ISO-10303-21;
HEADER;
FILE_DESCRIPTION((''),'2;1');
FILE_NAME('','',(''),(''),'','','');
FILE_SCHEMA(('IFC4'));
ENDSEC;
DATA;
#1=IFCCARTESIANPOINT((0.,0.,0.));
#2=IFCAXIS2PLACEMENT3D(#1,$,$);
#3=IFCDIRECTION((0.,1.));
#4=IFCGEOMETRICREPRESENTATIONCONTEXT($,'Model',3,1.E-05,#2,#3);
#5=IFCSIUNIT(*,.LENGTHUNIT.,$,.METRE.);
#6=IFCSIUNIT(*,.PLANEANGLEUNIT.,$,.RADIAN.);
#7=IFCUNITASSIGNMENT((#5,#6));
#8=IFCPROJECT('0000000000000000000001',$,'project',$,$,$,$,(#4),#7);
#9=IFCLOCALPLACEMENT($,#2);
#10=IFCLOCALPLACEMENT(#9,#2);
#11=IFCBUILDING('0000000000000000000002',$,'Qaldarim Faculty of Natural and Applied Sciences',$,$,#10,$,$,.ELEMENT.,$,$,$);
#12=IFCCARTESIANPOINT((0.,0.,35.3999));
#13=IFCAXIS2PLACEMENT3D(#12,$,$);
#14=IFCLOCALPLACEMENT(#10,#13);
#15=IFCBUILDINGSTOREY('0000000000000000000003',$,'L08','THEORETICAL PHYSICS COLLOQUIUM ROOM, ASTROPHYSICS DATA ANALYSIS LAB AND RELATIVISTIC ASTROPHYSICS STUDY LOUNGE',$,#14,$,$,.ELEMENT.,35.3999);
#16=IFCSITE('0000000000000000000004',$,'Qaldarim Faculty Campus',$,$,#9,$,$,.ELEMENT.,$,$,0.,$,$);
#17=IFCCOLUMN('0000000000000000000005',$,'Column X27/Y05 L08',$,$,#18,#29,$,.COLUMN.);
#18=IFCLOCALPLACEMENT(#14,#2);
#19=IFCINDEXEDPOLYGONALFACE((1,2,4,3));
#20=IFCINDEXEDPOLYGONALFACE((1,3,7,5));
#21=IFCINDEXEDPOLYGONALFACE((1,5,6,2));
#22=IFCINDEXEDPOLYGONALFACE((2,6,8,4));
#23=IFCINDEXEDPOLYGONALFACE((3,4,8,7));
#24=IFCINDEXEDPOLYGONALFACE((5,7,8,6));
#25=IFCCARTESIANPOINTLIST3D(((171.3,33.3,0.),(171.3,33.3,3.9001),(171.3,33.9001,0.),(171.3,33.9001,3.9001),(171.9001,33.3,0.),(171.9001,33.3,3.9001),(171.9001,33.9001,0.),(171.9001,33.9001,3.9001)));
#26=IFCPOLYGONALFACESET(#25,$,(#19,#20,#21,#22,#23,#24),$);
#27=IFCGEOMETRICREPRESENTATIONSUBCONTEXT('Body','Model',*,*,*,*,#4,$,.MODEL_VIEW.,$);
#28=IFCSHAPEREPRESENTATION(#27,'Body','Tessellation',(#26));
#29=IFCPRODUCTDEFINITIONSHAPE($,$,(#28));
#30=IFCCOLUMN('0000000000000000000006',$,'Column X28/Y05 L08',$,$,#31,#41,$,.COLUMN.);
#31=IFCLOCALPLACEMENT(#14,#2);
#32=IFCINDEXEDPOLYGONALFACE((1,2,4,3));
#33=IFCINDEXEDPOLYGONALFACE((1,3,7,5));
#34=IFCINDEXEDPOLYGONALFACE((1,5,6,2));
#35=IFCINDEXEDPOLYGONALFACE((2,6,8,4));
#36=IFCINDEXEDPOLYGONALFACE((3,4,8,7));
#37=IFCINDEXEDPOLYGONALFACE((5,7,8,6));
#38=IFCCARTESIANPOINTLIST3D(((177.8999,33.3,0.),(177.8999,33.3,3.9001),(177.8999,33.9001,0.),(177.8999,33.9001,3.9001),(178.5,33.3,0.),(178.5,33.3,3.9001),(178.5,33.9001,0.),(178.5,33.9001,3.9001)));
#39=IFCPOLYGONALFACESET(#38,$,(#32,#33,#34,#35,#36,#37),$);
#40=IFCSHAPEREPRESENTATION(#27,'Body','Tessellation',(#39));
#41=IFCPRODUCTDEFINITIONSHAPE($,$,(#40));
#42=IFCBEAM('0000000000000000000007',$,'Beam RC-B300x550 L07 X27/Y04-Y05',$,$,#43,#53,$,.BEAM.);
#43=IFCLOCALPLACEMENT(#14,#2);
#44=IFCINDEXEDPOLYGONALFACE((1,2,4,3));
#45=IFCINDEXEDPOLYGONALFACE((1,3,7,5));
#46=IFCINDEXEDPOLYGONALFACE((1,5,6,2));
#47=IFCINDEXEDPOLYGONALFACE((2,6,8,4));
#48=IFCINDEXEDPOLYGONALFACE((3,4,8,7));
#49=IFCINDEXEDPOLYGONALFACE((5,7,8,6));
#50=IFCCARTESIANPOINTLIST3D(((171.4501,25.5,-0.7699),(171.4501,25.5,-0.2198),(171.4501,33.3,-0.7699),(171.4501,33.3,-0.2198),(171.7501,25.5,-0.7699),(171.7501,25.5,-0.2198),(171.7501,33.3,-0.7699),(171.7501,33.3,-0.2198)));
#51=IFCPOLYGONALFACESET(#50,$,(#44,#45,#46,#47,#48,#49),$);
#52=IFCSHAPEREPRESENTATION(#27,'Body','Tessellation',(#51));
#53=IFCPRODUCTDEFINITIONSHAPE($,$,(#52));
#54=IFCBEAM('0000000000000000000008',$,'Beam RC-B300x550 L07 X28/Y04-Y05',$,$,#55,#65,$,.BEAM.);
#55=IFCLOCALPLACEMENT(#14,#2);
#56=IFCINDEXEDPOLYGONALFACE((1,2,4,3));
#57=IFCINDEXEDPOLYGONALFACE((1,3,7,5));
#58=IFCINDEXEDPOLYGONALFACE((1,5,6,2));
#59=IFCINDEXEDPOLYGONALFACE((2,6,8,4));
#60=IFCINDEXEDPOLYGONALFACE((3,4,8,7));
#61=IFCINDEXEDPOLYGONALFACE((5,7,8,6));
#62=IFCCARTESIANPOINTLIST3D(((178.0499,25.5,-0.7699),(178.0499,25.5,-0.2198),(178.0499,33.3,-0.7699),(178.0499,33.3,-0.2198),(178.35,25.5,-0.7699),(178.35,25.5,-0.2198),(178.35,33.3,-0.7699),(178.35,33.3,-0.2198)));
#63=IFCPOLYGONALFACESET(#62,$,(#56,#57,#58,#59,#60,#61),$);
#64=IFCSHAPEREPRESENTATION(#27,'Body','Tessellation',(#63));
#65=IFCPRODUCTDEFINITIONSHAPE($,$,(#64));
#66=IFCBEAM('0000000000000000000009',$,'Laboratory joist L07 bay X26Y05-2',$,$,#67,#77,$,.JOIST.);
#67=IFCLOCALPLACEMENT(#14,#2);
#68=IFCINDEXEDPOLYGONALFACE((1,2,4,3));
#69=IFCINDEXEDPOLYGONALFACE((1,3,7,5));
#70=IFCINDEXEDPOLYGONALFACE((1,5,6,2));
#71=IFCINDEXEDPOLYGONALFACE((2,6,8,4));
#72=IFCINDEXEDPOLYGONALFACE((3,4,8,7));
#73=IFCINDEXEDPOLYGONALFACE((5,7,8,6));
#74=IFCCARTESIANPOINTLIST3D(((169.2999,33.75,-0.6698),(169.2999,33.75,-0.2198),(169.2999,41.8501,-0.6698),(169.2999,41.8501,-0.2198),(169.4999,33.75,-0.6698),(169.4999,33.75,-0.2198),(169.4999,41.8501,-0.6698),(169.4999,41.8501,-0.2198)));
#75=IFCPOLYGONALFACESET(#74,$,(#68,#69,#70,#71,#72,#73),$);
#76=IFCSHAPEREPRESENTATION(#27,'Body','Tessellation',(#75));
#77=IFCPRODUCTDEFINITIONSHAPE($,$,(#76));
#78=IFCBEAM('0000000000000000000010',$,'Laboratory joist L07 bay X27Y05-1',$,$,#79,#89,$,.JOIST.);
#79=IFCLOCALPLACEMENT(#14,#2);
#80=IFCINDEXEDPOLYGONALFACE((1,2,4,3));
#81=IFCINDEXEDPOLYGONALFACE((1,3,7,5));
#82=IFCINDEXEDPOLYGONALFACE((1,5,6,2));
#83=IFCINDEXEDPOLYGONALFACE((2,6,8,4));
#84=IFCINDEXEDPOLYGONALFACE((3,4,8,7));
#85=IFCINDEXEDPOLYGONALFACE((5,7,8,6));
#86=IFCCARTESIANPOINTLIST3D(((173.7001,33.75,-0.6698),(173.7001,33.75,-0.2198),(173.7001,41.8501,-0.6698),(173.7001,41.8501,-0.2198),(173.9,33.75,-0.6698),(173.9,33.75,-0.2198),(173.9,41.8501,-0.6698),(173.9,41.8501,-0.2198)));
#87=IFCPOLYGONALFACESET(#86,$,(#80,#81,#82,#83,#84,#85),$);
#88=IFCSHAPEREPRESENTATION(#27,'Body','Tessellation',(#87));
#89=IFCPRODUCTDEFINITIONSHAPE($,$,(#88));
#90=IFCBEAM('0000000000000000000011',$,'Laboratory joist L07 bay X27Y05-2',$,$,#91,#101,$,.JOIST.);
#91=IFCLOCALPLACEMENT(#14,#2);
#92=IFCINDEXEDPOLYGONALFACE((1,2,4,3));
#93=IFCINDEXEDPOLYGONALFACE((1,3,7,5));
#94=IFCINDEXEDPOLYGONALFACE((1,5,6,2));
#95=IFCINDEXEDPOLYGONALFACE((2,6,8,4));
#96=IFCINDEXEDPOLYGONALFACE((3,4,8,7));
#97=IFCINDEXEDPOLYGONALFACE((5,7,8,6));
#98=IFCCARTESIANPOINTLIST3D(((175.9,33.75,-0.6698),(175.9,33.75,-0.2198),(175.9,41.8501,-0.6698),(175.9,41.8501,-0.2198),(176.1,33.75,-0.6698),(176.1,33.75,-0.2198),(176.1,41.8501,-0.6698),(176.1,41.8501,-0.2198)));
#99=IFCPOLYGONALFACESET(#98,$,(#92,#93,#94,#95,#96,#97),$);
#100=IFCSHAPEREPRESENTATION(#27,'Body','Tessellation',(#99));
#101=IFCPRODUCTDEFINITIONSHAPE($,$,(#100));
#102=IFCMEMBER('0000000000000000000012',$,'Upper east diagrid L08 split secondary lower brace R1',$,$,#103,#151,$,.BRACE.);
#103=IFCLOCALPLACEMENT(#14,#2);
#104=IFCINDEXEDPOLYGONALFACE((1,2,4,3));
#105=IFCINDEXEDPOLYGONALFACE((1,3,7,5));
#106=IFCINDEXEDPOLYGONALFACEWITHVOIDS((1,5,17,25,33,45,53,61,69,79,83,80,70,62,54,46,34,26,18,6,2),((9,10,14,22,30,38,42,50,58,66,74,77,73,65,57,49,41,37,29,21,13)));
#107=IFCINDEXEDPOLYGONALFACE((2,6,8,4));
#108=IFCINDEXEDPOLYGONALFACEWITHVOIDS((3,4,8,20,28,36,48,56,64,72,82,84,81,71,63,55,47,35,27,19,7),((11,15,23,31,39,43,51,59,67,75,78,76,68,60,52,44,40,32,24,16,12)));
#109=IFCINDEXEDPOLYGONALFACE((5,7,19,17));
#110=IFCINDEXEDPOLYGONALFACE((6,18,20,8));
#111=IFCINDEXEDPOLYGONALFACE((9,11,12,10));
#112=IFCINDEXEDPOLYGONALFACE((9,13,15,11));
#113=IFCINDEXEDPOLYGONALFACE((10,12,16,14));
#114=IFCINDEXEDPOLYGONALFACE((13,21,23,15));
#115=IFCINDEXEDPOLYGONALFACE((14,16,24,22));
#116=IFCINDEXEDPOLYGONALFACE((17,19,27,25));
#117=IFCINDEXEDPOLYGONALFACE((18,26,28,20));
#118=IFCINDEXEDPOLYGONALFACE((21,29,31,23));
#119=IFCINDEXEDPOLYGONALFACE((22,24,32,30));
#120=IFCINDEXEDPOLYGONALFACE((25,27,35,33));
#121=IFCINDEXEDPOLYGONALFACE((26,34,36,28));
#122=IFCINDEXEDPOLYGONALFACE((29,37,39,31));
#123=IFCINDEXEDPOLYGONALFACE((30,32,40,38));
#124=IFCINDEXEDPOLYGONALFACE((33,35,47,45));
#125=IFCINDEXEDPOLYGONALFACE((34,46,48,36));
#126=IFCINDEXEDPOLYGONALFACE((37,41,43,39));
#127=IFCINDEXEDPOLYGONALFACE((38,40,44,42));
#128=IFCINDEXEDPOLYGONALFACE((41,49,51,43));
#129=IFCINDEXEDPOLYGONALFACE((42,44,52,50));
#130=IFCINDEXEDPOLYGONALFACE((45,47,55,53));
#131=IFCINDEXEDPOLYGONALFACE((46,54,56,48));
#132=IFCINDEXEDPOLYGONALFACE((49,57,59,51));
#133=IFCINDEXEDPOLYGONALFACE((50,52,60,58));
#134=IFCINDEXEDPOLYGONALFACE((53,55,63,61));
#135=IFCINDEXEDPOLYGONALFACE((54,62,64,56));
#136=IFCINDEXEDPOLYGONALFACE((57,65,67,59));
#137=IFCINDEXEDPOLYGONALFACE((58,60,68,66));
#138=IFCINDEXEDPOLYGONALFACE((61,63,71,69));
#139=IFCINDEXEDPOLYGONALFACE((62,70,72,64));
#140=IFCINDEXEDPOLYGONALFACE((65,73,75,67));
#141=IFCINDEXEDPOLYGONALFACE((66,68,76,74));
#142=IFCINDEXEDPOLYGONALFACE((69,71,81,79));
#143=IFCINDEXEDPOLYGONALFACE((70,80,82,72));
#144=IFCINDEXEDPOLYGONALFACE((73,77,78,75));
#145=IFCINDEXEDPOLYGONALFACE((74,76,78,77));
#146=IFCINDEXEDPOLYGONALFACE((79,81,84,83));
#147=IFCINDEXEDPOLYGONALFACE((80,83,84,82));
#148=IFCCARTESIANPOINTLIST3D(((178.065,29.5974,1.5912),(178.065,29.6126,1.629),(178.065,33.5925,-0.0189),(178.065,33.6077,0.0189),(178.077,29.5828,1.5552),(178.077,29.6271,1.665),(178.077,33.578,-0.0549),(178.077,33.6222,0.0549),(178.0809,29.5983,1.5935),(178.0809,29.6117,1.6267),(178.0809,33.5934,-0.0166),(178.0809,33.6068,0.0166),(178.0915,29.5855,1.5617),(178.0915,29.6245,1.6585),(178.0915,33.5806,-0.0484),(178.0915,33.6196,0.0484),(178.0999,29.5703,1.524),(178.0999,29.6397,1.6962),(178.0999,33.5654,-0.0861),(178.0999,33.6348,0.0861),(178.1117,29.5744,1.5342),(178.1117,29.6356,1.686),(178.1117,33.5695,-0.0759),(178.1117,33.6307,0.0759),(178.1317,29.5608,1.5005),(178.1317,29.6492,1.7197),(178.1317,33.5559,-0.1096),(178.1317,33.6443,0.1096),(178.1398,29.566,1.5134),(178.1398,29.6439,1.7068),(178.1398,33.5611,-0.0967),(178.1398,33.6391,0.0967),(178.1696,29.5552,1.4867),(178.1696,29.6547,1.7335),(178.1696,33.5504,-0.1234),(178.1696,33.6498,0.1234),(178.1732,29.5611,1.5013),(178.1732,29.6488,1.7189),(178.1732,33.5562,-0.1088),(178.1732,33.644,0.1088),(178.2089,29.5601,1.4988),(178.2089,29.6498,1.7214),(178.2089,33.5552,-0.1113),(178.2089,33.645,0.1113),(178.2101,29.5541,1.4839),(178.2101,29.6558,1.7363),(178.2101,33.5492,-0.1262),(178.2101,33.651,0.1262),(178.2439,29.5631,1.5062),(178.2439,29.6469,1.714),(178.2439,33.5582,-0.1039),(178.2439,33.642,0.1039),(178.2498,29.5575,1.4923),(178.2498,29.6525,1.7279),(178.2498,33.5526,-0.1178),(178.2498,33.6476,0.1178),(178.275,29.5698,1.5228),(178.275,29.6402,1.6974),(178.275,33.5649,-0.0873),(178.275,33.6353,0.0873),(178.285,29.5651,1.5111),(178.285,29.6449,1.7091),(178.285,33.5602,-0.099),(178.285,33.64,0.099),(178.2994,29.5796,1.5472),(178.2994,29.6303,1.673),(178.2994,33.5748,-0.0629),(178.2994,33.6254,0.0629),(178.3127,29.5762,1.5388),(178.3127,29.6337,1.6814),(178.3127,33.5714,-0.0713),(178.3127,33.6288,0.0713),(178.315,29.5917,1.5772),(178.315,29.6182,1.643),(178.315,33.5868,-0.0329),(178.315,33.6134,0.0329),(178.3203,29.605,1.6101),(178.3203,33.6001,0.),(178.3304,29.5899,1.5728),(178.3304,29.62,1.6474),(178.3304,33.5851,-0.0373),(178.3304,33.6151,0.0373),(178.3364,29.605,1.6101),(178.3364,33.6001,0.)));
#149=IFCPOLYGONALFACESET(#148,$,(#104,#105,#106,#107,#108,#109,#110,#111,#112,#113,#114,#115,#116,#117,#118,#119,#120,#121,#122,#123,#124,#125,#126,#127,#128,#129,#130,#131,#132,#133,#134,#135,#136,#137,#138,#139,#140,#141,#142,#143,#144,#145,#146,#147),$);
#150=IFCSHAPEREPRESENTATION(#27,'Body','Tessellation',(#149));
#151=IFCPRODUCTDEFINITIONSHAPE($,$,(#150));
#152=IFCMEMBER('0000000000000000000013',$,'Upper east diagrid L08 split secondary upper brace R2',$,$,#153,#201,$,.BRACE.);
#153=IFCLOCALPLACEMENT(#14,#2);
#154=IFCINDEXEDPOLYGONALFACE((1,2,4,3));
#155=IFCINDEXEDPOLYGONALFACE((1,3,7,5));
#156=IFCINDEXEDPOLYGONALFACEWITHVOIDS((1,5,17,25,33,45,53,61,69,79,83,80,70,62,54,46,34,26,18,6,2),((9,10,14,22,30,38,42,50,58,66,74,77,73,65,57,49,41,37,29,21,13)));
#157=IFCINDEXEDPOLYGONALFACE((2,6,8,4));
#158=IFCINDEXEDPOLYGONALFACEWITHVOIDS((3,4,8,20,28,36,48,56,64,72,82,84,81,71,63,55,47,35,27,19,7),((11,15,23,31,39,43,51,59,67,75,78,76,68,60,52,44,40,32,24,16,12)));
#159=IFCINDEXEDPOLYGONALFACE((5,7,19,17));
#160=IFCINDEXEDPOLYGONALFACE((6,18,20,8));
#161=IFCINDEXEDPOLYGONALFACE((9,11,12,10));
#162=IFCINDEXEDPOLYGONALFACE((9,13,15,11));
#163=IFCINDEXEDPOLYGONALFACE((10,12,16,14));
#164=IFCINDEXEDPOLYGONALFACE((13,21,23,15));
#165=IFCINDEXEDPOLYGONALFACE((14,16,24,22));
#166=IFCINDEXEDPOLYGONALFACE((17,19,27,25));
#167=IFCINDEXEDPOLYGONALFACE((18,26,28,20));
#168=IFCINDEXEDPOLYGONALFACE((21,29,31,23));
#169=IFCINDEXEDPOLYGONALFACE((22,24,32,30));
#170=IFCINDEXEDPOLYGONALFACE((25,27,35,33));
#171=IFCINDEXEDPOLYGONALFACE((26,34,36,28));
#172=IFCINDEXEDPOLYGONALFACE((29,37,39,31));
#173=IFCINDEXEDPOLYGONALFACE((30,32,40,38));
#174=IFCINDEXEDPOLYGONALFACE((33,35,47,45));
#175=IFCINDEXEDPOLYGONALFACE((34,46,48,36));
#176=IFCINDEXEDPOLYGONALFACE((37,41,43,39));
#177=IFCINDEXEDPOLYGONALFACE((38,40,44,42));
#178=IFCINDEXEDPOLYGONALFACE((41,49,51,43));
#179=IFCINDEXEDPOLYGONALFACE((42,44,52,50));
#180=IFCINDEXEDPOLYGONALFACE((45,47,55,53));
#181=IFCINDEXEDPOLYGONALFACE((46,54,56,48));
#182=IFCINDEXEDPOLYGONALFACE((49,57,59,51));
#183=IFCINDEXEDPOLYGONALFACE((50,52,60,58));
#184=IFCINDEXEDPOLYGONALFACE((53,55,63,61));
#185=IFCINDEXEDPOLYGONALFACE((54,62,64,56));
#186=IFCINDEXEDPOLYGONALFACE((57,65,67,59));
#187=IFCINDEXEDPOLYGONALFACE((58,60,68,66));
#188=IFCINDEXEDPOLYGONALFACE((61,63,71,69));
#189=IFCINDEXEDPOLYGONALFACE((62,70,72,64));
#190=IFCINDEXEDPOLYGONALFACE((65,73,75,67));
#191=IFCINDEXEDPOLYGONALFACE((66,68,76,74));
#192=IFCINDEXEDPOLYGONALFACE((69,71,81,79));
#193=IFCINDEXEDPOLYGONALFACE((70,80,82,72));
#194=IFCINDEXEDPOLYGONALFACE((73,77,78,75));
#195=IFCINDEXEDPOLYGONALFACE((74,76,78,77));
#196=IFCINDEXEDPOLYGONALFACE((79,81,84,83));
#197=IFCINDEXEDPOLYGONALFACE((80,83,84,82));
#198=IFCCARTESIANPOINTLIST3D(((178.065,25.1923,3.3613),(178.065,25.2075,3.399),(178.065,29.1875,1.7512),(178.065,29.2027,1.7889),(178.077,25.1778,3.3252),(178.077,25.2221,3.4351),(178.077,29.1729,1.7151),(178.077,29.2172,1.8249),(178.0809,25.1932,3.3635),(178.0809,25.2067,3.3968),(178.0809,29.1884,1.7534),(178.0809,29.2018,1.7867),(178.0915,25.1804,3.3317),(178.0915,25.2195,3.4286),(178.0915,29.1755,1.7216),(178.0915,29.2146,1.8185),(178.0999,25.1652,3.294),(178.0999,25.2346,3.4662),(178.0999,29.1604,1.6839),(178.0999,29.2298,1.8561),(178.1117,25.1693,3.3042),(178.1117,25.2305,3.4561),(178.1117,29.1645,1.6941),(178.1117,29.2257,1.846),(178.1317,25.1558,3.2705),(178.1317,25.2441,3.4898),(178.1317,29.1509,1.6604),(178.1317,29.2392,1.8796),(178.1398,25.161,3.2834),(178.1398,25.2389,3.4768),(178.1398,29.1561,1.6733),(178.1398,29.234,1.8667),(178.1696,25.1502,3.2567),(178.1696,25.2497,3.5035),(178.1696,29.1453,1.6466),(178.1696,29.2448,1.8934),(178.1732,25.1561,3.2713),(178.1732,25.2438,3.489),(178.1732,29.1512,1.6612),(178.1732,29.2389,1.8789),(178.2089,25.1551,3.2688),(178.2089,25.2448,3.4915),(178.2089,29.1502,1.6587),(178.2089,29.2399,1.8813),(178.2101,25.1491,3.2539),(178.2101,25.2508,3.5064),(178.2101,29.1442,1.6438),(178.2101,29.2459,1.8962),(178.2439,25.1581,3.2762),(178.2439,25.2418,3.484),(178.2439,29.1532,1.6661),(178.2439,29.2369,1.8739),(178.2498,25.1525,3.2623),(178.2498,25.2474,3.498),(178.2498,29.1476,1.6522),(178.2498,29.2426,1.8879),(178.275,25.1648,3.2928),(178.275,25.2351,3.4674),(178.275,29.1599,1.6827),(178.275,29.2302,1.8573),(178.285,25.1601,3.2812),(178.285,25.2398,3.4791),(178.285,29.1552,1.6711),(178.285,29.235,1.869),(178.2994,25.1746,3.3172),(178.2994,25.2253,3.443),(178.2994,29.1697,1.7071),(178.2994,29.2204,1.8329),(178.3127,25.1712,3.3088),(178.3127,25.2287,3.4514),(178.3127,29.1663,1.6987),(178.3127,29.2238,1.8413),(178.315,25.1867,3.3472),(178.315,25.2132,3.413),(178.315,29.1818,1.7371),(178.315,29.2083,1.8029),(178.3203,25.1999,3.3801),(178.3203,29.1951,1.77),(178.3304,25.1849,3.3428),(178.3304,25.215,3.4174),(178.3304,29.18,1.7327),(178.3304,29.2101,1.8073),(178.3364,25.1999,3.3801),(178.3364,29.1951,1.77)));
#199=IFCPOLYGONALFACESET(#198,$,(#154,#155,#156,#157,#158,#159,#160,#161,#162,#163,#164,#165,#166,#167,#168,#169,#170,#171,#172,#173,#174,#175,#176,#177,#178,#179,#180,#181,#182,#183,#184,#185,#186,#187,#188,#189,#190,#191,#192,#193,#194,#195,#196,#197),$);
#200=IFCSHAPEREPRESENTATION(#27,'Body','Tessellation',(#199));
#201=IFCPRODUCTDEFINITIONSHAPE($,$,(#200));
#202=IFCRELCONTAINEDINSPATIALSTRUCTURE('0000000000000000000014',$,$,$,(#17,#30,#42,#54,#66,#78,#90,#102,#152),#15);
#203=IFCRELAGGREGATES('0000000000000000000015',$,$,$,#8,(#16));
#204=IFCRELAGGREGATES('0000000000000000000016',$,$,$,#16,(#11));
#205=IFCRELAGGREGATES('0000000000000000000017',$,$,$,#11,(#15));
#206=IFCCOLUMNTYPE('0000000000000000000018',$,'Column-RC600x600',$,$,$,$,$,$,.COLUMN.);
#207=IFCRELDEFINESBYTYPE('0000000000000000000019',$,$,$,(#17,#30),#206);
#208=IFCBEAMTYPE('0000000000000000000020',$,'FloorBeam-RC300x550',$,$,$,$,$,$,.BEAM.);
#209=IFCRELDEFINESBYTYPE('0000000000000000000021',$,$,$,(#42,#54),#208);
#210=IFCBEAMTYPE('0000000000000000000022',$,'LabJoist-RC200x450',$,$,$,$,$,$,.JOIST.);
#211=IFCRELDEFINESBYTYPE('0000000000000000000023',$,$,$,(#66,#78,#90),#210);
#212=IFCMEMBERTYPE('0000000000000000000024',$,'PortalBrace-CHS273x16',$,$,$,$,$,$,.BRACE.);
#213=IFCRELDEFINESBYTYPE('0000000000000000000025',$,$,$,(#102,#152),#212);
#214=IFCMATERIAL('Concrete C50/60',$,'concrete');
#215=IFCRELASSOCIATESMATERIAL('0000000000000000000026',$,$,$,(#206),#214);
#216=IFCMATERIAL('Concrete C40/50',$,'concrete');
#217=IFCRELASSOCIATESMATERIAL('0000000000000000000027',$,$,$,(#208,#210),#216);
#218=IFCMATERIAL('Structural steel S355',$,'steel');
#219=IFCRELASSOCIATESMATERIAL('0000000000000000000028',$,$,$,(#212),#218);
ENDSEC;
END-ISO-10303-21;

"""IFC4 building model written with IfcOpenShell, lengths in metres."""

from ifc_helpers import new_model, si_unit, direction, frame, origin, origin_2d, place, context, subcontext, project, spatial, rectangle, hollow_circle, extrude, material, material_profile, profile_set, type_object, element, save


model = new_model("IFC4")

# Units and contexts
model_context = context("Model", 3, precision=1e-05, world=origin(), true_north=direction((0.0, 1.0)))
body_context = subcontext(model_context, "Body", "Model", "MODEL_VIEW")
ifc_project = project(units=[si_unit("LENGTHUNIT", "METRE"), si_unit("PLANEANGLEUNIT", "RADIAN")], contexts=[model_context])

# Site, building, storey
site_placement = place(None, origin())
site = spatial("IfcSite", under=ifc_project, at=site_placement, Name="Qaldarim Faculty Campus", CompositionType="ELEMENT", RefElevation=0.0)
building_placement = place(site_placement, origin())
building = spatial("IfcBuilding", under=site, at=building_placement, Name="Qaldarim Faculty of Natural and Applied Sciences", CompositionType="ELEMENT")
storey_placement = place(building_placement, frame((0.0, 0.0, 35.3999)))
storey = spatial("IfcBuildingStorey", under=building, at=storey_placement, Name="L08", Description="THEORETICAL PHYSICS COLLOQUIUM ROOM, ASTROPHYSICS DATA ANALYSIS LAB AND RELATIVISTIC ASTROPHYSICS STUDY LOUNGE", CompositionType="ELEMENT", Elevation=35.3999)

# Columns
ifc_material_1 = material(Name="Concrete C50/60", Category="concrete")
ifc_material_profile_1 = material_profile(ifc_material_1, rectangle(XDim=0.6001, YDim=0.6001, at=origin_2d()), Name="RC-C600x600")
ifc_profile_set_1 = profile_set([ifc_material_profile_1], Name="Concrete C50/60")
column_type = type_object("IfcColumnType", Name="Column-RC600x600", PredefinedType="COLUMN", material=ifc_profile_set_1)
for number, where, z_axis, x_axis, name in (
    (1, (171.6001, 33.6001, 0.0), (0.0, 0.0, 1.0), (1.0, 0.0, 0.0), "Column X27/Y05 L08"),
    (2, (178.2, 33.6001, 0.0), (0.0, 0.0, 1.0), (1.0, 0.0, 0.0), "Column X28/Y05 L08"),
):
    element("IfcColumn", number, at=place(storey_placement, frame(where, z_axis=z_axis, x_axis=x_axis)), inside=storey, type_object=column_type, Name=name, PredefinedType="COLUMN", context=body_context, shape_type="SweptSolid", body=[
        extrude(rectangle(XDim=0.6001, YDim=0.6001, at=origin_2d()), origin(), (0.0, 0.0, 1.0), 3.9001),
    ])

# Beams
ifc_material_2 = material(Name="Concrete C40/50", Category="concrete")
ifc_material_profile_2 = material_profile(ifc_material_2, rectangle(XDim=0.3, YDim=0.55, at=origin_2d()), Name="RC-B300x550")
ifc_profile_set_2 = profile_set([ifc_material_profile_2], Name="Concrete C40/50")
beam_type_1 = type_object("IfcBeamType", Name="FloorBeam-RC300x550", PredefinedType="BEAM", material=ifc_profile_set_2)
for number, where, z_axis, x_axis, name in (
    (3, (171.6001, 25.5, -0.4949), (0.0, 1.0, 0.0), (-1.0, 0.0, 0.0), "Beam RC-B300x550 L07 X27/Y04-Y05"),
    (4, (178.2, 25.5, -0.4949), (0.0, 1.0, 0.0), (-1.0, 0.0, 0.0), "Beam RC-B300x550 L07 X28/Y04-Y05"),
):
    element("IfcBeam", number, at=place(storey_placement, frame(where, z_axis=z_axis, x_axis=x_axis)), inside=storey, type_object=beam_type_1, Name=name, PredefinedType="BEAM", context=body_context, shape_type="SweptSolid", body=[
        extrude(rectangle(XDim=0.3, YDim=0.55, at=origin_2d()), origin(), (0.0, 0.0, 1.0), 7.8),
    ])
ifc_material_profile_3 = material_profile(ifc_material_2, rectangle(XDim=0.2, YDim=0.45, at=origin_2d()), Name="RC-J200x450")
ifc_profile_set_3 = profile_set([ifc_material_profile_3], Name="Concrete C40/50")
beam_type_2 = type_object("IfcBeamType", Name="LabJoist-RC200x450", PredefinedType="JOIST", material=ifc_profile_set_3)
for number, where, z_axis, x_axis, name in (
    (5, (169.3999, 33.75, -0.4448), (0.0, 1.0, 0.0), (-1.0, 0.0, 0.0), "Laboratory joist L07 bay X26Y05-2"),
    (6, (173.8, 33.75, -0.4448), (0.0, 1.0, 0.0), (-1.0, 0.0, 0.0), "Laboratory joist L07 bay X27Y05-1"),
    (7, (176.0, 33.75, -0.4448), (0.0, 1.0, 0.0), (-1.0, 0.0, 0.0), "Laboratory joist L07 bay X27Y05-2"),
):
    element("IfcBeam", number, at=place(storey_placement, frame(where, z_axis=z_axis, x_axis=x_axis)), inside=storey, type_object=beam_type_2, Name=name, PredefinedType="JOIST", context=body_context, shape_type="SweptSolid", body=[
        extrude(rectangle(XDim=0.2, YDim=0.45, at=origin_2d()), origin(), (0.0, 0.0, 1.0), 8.1001),
    ])

# Members
ifc_material_3 = material(Name="Structural steel S355", Category="steel")
ifc_material_profile_4 = material_profile(ifc_material_3, hollow_circle(Radius=0.1365, WallThickness=0.0161, at=origin_2d()), Name="CHS 273.0x16.0")
ifc_profile_set_4 = profile_set([ifc_material_profile_4], Name="Structural steel S355")
member_type = type_object("IfcMemberType", Name="PortalBrace-CHS273x16", PredefinedType="BRACE", material=ifc_profile_set_4)
for number, where, z_axis, x_axis, name in (
    (8, (178.2, 33.6001, 0.0), (0.0, -0.927508, 0.373803), (1.0, 0.0, 0.0), "Upper east diagrid L08 split secondary lower brace R1"),
    (9, (178.2, 29.1951, 1.77), (0.0, -0.927508, 0.373803), (1.0, 0.0, 0.0), "Upper east diagrid L08 split secondary upper brace R2"),
):
    element("IfcMember", number, at=place(storey_placement, frame(where, z_axis=z_axis, x_axis=x_axis)), inside=storey, type_object=member_type, Name=name, PredefinedType="BRACE", context=body_context, shape_type="SweptSolid", body=[
        extrude(hollow_circle(Radius=0.1365, WallThickness=0.0161, at=origin_2d()), origin(), (0.0, 0.0, 1.0), 4.3074),
    ])

save(model, "model.ifc")
